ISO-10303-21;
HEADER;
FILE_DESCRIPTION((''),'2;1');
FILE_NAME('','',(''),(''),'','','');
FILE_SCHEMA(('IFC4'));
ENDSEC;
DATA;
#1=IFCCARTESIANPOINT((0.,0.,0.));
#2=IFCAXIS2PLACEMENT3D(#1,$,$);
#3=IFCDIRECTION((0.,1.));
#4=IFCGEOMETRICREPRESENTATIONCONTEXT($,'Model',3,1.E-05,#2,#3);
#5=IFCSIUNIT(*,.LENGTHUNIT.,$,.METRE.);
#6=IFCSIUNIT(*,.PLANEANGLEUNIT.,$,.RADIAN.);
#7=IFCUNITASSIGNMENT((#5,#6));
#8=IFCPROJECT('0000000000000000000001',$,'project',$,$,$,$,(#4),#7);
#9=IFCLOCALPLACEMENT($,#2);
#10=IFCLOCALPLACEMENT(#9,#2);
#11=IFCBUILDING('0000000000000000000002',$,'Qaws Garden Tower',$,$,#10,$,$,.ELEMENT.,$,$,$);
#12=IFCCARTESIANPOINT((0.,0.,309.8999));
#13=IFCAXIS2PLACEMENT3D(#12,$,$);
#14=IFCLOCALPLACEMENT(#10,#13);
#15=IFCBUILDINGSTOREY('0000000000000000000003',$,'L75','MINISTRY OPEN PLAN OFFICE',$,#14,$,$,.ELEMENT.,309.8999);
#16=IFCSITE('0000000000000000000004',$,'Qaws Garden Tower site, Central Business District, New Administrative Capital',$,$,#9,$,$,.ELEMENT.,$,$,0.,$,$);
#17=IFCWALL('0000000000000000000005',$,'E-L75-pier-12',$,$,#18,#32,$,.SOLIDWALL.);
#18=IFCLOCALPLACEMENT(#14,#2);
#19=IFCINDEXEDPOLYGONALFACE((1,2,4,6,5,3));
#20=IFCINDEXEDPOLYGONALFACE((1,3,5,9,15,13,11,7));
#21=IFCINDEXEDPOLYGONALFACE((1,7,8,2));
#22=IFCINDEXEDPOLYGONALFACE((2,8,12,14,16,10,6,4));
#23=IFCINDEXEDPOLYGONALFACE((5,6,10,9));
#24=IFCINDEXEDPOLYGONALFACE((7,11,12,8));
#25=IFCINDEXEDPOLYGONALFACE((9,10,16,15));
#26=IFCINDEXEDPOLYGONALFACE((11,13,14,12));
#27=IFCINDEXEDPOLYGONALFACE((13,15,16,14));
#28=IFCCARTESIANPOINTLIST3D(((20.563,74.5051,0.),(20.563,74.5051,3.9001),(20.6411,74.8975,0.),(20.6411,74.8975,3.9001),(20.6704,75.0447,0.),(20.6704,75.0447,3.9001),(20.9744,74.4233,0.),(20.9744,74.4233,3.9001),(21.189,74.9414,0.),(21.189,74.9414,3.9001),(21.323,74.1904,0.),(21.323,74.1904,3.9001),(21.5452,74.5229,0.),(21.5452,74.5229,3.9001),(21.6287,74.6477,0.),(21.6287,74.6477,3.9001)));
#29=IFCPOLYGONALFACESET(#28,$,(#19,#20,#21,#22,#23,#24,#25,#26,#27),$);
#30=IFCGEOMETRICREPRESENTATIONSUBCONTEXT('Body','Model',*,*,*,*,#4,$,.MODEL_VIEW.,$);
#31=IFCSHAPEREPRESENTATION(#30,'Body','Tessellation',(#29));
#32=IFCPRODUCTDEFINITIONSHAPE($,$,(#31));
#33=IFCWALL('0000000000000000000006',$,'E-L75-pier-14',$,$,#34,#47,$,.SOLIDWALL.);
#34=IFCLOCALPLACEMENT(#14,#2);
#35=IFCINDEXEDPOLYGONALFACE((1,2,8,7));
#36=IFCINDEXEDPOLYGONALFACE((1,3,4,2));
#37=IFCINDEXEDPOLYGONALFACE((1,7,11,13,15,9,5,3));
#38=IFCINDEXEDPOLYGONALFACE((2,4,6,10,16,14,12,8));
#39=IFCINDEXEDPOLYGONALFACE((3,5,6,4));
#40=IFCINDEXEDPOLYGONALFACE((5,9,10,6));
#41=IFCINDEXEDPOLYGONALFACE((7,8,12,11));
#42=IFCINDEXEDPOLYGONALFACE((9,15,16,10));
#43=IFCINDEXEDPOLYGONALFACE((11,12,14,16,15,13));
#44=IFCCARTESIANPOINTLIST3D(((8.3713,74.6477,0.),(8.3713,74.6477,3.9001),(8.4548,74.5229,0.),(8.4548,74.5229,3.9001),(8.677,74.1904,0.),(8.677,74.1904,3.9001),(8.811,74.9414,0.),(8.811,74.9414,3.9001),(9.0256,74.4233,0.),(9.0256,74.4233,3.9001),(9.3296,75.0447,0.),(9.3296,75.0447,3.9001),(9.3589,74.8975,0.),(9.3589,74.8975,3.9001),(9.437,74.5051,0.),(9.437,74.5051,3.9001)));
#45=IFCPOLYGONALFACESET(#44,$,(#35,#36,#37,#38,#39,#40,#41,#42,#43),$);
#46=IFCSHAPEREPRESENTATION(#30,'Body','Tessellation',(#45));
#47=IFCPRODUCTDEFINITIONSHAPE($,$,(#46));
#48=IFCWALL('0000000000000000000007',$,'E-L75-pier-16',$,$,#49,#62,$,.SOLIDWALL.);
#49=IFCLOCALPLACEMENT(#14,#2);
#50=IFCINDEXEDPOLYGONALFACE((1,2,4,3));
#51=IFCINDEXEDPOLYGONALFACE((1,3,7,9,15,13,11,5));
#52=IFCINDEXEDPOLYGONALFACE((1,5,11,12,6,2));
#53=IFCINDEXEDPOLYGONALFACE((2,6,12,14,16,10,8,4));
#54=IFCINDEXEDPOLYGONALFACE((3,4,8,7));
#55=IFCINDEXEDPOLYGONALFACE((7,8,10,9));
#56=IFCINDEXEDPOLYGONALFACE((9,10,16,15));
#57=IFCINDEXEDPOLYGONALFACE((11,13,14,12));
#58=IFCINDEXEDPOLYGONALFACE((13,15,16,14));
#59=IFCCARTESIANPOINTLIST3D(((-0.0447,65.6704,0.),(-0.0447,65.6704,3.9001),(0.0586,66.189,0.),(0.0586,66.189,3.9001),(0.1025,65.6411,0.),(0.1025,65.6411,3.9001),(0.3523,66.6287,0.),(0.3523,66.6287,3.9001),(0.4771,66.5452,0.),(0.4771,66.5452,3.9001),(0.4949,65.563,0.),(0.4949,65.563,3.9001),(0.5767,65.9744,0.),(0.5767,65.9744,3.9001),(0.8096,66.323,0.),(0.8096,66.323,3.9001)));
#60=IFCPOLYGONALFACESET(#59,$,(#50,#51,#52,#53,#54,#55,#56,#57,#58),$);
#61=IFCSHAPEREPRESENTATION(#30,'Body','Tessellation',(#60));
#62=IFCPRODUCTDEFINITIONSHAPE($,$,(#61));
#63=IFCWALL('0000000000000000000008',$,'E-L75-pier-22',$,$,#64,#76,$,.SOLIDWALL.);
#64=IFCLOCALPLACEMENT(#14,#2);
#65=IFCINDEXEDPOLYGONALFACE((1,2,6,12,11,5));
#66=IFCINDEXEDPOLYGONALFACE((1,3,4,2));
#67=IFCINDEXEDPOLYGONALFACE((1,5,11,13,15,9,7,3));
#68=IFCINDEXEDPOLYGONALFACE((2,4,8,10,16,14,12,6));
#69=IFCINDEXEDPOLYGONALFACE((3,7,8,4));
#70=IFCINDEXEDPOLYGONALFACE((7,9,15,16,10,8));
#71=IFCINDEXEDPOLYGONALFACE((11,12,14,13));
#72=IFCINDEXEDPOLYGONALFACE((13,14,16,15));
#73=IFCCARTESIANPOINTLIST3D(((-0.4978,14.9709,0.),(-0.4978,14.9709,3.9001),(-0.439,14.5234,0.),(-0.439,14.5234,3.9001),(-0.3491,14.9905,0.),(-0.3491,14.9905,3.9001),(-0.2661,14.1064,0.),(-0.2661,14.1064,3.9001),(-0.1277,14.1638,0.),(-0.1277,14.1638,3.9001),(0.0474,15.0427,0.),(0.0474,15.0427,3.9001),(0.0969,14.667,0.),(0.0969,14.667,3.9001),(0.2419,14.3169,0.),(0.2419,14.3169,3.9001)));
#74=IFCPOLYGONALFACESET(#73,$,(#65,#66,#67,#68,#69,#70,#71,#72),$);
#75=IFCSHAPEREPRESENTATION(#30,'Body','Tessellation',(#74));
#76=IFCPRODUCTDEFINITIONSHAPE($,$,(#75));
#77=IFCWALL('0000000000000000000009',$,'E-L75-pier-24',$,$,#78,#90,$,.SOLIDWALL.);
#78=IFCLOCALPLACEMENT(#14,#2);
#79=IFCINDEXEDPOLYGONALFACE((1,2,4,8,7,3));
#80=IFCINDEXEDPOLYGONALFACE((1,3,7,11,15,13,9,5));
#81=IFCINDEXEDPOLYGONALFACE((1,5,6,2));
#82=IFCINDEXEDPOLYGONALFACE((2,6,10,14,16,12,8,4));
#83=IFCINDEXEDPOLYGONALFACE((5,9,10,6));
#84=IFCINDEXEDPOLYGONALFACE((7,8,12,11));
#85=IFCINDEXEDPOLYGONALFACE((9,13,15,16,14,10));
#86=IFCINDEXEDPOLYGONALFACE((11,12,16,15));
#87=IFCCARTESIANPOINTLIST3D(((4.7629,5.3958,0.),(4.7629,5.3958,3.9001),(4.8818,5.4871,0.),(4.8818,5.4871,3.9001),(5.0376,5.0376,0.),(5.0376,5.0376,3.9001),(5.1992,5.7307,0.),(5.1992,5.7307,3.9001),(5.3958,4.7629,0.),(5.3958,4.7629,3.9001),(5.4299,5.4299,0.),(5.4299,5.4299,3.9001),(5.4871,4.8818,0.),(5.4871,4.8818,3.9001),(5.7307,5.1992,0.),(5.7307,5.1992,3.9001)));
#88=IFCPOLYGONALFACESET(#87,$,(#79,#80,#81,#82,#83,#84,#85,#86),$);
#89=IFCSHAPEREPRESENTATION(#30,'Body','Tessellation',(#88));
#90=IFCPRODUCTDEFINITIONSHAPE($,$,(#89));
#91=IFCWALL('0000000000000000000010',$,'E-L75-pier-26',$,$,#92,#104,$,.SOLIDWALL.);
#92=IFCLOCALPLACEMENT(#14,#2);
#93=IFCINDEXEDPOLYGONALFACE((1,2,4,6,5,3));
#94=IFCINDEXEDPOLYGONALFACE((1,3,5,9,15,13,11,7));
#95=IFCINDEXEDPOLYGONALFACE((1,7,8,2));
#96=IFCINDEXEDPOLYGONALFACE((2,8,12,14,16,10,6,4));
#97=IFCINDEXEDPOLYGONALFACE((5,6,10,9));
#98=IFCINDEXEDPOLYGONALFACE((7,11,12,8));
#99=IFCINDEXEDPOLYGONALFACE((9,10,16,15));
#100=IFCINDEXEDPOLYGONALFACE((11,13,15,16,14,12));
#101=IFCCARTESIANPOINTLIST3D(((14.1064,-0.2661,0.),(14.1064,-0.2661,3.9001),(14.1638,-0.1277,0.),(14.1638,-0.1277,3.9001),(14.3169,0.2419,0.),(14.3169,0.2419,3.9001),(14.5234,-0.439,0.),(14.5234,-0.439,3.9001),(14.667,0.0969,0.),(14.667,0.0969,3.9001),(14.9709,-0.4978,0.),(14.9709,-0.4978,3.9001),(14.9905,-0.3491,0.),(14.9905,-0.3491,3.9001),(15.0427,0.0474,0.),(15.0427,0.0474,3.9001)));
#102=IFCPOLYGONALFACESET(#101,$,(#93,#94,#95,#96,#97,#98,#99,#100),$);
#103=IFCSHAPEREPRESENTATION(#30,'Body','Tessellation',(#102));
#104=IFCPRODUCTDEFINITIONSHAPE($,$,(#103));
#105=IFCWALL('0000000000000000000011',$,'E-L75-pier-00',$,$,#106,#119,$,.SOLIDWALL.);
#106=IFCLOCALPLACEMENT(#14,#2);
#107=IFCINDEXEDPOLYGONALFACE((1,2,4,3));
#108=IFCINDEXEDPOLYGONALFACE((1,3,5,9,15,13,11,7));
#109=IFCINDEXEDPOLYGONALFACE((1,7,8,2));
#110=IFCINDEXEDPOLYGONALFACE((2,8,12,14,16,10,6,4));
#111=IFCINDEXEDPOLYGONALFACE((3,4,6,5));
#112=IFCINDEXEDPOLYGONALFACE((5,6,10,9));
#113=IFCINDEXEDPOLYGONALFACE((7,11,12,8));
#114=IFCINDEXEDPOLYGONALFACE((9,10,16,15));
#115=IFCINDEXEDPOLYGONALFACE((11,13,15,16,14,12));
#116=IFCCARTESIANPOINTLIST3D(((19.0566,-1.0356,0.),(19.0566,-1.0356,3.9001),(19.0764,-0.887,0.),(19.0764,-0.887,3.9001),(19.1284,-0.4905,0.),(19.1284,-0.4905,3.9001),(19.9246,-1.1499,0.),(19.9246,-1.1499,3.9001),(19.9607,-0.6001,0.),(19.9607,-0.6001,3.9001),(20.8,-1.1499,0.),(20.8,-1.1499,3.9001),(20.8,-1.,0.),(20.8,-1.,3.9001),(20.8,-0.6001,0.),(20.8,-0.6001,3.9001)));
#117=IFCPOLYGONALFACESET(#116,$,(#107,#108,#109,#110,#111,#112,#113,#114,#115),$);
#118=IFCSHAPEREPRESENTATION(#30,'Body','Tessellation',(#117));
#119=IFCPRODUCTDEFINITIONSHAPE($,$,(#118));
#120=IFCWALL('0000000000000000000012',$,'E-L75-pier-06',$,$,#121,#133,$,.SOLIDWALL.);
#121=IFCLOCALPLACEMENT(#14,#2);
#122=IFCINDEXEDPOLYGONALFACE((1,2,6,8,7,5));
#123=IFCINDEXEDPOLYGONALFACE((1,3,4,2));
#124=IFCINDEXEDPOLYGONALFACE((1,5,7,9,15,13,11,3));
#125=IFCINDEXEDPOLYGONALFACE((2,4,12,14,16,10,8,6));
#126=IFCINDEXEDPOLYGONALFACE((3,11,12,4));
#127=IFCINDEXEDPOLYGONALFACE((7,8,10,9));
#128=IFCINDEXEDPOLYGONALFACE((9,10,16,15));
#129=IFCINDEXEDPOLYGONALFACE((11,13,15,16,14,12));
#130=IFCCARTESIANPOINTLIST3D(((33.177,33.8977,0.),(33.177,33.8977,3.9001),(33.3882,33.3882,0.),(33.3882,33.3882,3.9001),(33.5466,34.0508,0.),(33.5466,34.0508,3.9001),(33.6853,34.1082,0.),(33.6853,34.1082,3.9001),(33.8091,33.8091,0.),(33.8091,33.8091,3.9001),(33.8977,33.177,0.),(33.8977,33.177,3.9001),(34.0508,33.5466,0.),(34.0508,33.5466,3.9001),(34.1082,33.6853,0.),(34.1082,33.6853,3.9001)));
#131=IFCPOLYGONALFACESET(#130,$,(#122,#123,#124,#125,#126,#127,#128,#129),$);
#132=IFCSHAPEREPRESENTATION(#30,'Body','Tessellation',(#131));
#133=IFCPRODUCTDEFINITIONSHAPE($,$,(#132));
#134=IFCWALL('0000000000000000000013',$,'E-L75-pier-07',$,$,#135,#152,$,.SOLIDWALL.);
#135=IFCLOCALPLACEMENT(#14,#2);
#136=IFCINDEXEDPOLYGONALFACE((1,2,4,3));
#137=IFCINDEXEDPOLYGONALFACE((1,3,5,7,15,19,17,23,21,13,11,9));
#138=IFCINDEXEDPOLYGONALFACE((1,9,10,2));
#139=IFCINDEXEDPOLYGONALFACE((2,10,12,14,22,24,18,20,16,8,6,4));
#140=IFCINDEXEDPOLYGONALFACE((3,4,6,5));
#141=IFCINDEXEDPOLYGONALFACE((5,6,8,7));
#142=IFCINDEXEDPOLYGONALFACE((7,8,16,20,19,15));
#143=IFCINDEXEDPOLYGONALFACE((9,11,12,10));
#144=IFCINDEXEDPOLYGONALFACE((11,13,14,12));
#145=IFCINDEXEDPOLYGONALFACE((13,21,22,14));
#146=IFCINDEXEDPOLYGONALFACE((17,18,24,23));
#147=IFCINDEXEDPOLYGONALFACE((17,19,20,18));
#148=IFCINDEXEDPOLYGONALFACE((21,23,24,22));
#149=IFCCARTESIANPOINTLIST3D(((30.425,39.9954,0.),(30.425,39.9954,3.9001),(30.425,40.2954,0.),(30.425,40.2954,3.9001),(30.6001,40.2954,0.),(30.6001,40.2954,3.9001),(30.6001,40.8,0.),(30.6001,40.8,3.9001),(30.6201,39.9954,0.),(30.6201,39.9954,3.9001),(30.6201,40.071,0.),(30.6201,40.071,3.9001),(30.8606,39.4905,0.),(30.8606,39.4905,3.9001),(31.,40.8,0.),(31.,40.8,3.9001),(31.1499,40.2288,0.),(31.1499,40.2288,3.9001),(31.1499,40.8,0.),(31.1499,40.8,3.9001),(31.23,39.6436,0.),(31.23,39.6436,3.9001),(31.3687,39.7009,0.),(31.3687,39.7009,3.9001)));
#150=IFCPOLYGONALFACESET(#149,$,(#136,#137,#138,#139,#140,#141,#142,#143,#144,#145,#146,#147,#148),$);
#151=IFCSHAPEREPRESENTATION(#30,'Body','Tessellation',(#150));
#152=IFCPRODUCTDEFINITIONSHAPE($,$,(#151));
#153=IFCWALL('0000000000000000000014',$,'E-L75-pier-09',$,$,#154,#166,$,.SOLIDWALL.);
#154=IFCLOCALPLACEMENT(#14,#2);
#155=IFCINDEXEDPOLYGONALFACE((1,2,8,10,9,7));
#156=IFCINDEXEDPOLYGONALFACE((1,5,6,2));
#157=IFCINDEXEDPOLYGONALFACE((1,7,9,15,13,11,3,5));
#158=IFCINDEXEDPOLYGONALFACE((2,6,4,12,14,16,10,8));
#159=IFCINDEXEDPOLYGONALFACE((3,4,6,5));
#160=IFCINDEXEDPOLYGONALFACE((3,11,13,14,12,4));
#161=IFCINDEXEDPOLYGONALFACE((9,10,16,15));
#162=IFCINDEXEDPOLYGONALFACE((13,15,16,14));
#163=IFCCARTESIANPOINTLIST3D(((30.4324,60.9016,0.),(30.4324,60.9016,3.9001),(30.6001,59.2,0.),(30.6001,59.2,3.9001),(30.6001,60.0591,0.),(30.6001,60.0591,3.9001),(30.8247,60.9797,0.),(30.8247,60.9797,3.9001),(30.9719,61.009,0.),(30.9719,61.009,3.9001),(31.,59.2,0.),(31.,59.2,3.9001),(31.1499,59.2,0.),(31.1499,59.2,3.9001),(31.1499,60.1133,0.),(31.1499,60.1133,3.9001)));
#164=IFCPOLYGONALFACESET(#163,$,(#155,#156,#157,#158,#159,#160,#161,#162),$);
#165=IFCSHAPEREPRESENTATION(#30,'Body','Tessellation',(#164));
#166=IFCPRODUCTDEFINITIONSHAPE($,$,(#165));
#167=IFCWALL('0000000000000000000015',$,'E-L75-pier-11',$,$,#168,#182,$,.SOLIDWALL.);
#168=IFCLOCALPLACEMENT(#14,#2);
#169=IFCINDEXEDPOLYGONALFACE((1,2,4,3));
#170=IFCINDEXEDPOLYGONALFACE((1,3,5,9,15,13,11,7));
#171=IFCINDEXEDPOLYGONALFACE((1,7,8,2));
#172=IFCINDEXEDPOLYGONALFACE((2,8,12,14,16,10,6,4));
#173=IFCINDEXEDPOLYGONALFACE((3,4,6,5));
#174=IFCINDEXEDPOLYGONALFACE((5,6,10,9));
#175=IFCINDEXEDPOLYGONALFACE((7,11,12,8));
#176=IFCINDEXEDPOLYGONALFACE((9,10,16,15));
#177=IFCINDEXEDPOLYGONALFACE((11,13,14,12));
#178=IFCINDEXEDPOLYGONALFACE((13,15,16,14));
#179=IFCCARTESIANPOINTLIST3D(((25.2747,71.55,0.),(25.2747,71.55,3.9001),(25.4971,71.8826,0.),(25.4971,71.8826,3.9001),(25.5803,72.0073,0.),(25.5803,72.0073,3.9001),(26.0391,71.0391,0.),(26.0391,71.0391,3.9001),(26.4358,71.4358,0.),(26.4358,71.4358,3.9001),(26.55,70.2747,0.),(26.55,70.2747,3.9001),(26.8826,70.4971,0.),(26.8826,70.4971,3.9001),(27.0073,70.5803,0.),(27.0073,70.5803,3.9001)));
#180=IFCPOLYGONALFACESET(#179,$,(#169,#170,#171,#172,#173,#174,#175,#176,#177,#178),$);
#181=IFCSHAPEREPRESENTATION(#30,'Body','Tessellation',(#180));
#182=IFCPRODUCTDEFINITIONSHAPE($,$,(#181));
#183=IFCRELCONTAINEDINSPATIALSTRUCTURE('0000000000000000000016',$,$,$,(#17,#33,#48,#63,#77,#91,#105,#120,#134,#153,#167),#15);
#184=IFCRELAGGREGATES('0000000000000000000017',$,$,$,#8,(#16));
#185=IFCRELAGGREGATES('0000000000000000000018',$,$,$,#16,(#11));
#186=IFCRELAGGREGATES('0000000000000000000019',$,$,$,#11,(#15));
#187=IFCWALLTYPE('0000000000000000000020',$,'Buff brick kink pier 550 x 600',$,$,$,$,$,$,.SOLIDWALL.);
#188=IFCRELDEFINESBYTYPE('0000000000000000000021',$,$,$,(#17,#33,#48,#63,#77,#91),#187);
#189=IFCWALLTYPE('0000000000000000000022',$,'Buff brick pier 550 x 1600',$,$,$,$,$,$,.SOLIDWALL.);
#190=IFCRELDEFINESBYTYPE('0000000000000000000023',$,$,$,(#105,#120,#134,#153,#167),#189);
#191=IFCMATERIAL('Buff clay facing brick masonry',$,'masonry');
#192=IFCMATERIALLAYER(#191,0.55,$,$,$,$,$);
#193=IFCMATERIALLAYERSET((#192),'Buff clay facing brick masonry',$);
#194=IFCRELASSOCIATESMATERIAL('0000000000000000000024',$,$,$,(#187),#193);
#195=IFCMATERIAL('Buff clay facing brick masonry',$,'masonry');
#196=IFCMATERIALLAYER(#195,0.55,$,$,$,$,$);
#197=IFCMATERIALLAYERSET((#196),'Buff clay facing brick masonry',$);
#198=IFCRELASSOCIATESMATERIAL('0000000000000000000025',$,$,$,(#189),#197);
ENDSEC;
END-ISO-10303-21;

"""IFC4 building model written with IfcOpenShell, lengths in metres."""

from ifc_helpers import new_model, si_unit, direction, frame, origin, place, context, subcontext, project, spatial, polyline, outline, extrude, material, layer, layer_set, type_object, element, save


model = new_model("IFC4")

# Units and contexts
model_context = context("Model", 3, precision=1e-05, world=origin(), true_north=direction((0.0, 1.0)))
body_context = subcontext(model_context, "Body", "Model", "MODEL_VIEW")
ifc_project = project(units=[si_unit("LENGTHUNIT", "METRE"), si_unit("PLANEANGLEUNIT", "RADIAN")], contexts=[model_context])

# Site, building, storey
site_placement = place(None, origin())
site = spatial("IfcSite", under=ifc_project, at=site_placement, Name="Qaws Garden Tower site, Central Business District, New Administrative Capital", CompositionType="ELEMENT", RefElevation=0.0)
building_placement = place(site_placement, origin())
building = spatial("IfcBuilding", under=site, at=building_placement, Name="Qaws Garden Tower", CompositionType="ELEMENT")
storey_placement = place(building_placement, frame((0.0, 0.0, 309.8999)))
storey = spatial("IfcBuildingStorey", under=building, at=storey_placement, Name="L75", Description="MINISTRY OPEN PLAN OFFICE", CompositionType="ELEMENT", Elevation=309.8999)

# Walls
placement = place(storey_placement, origin())
ifc_material_1 = material(Name="Buff clay facing brick masonry", Category="masonry")
ifc_layer_1 = layer(ifc_material_1, 0.55)
ifc_layer_set_1 = layer_set([ifc_layer_1], Name="Buff clay facing brick masonry")
wall_type_1 = type_object("IfcWallType", Name="Buff brick kink pier 550 x 600", PredefinedType="SOLIDWALL", material=ifc_layer_set_1)
element("IfcWall", 1, at=placement, inside=storey, type_object=wall_type_1, Name="E-L75-pier-12", PredefinedType="SOLIDWALL", context=body_context, shape_type="SweptSolid", body=[
    extrude(outline(polyline([(21.5452, 74.5229), (21.6287, 74.6477), (21.189, 74.9414), (20.6704, 75.0447), (20.6411, 74.8975), (20.563, 74.5051), (20.9744, 74.4233), (21.323, 74.1904), (21.5452, 74.5229)])), origin(), (0.0, 0.0, 1.0), 3.9001),
])
element("IfcWall", 2, at=placement, inside=storey, type_object=wall_type_1, Name="E-L75-pier-14", PredefinedType="SOLIDWALL", context=body_context, shape_type="SweptSolid", body=[
    extrude(outline(polyline([(9.3589, 74.8975), (9.3296, 75.0447), (8.811, 74.9414), (8.3713, 74.6477), (8.4548, 74.5229), (8.677, 74.1904), (9.0256, 74.4233), (9.437, 74.5051), (9.3589, 74.8975)])), origin(), (0.0, 0.0, 1.0), 3.9001),
])
element("IfcWall", 3, at=placement, inside=storey, type_object=wall_type_1, Name="E-L75-pier-16", PredefinedType="SOLIDWALL", context=body_context, shape_type="SweptSolid", body=[
    extrude(outline(polyline([(0.4771, 66.5452), (0.3523, 66.6287), (0.0586, 66.189), (-0.0447, 65.6704), (0.1025, 65.6411), (0.4949, 65.563), (0.5767, 65.9744), (0.8096, 66.323), (0.4771, 66.5452)])), origin(), (0.0, 0.0, 1.0), 3.9001),
])
element("IfcWall", 4, at=placement, inside=storey, type_object=wall_type_1, Name="E-L75-pier-22", PredefinedType="SOLIDWALL", context=body_context, shape_type="SweptSolid", body=[
    extrude(outline(polyline([(-0.3491, 14.9905), (-0.4978, 14.9709), (-0.439, 14.5234), (-0.2661, 14.1064), (-0.1277, 14.1638), (0.2419, 14.3169), (0.0969, 14.667), (0.0474, 15.0427), (-0.3491, 14.9905)])), origin(), (0.0, 0.0, 1.0), 3.9001),
])
element("IfcWall", 5, at=placement, inside=storey, type_object=wall_type_1, Name="E-L75-pier-24", PredefinedType="SOLIDWALL", context=body_context, shape_type="SweptSolid", body=[
    extrude(outline(polyline([(4.8818, 5.4871), (4.7629, 5.3958), (5.0376, 5.0376), (5.3958, 4.7629), (5.4871, 4.8818), (5.7307, 5.1992), (5.4299, 5.4299), (5.1992, 5.7307), (4.8818, 5.4871)])), origin(), (0.0, 0.0, 1.0), 3.9001),
])
element("IfcWall", 6, at=placement, inside=storey, type_object=wall_type_1, Name="E-L75-pier-26", PredefinedType="SOLIDWALL", context=body_context, shape_type="SweptSolid", body=[
    extrude(outline(polyline([(14.1638, -0.1277), (14.1064, -0.2661), (14.5234, -0.439), (14.9709, -0.4978), (14.9905, -0.3491), (15.0427, 0.0474), (14.667, 0.0969), (14.3169, 0.2419), (14.1638, -0.1277)])), origin(), (0.0, 0.0, 1.0), 3.9001),
])
ifc_material_2 = material(Name="Buff clay facing brick masonry", Category="masonry")
ifc_layer_2 = layer(ifc_material_2, 0.55)
ifc_layer_set_2 = layer_set([ifc_layer_2], Name="Buff clay facing brick masonry")
wall_type_2 = type_object("IfcWallType", Name="Buff brick pier 550 x 1600", PredefinedType="SOLIDWALL", material=ifc_layer_set_2)
element("IfcWall", 7, at=placement, inside=storey, type_object=wall_type_2, Name="E-L75-pier-00", PredefinedType="SOLIDWALL", context=body_context, shape_type="SweptSolid", body=[
    extrude(outline(polyline([(19.0764, -0.887), (19.0566, -1.0356), (19.9246, -1.1499), (20.8, -1.1499), (20.8, -1.0), (20.8, -0.6001), (19.9607, -0.6001), (19.1284, -0.4905), (19.0764, -0.887)])), origin(), (0.0, 0.0, 1.0), 3.9001),
])
element("IfcWall", 8, at=placement, inside=storey, type_object=wall_type_2, Name="E-L75-pier-06", PredefinedType="SOLIDWALL", context=body_context, shape_type="SweptSolid", body=[
    extrude(outline(polyline([(34.0508, 33.5466), (34.1082, 33.6853), (33.8091, 33.8091), (33.6853, 34.1082), (33.5466, 34.0508), (33.177, 33.8977), (33.3882, 33.3882), (33.8977, 33.177), (34.0508, 33.5466)])), origin(), (0.0, 0.0, 1.0), 3.9001),
])
element("IfcWall", 9, at=placement, inside=storey, type_object=wall_type_2, Name="E-L75-pier-07", PredefinedType="SOLIDWALL", context=body_context, shape_type="SweptSolid", body=[
    extrude(outline(polyline([(30.6201, 39.9954), (30.6201, 40.071), (30.8606, 39.4905), (31.23, 39.6436), (31.3687, 39.7009), (31.1499, 40.2288), (31.1499, 40.8), (31.0, 40.8), (30.6001, 40.8), (30.6001, 40.2954), (30.425, 40.2954), (30.425, 39.9954), (30.6201, 39.9954)])), origin(), (0.0, 0.0, 1.0), 3.9001),
])
element("IfcWall", 10, at=placement, inside=storey, type_object=wall_type_2, Name="E-L75-pier-09", PredefinedType="SOLIDWALL", context=body_context, shape_type="SweptSolid", body=[
    extrude(outline(polyline([(31.0, 59.2), (31.1499, 59.2), (31.1499, 60.1133), (30.9719, 61.009), (30.8247, 60.9797), (30.4324, 60.9016), (30.6001, 60.0591), (30.6001, 59.2), (31.0, 59.2)])), origin(), (0.0, 0.0, 1.0), 3.9001),
])
element("IfcWall", 11, at=placement, inside=storey, type_object=wall_type_2, Name="E-L75-pier-11", PredefinedType="SOLIDWALL", context=body_context, shape_type="SweptSolid", body=[
    extrude(outline(polyline([(26.8826, 70.4971), (27.0073, 70.5803), (26.4358, 71.4358), (25.5803, 72.0073), (25.4971, 71.8826), (25.2747, 71.55), (26.0391, 71.0391), (26.55, 70.2747), (26.8826, 70.4971)])), origin(), (0.0, 0.0, 1.0), 3.9001),
])

save(model, "model.ifc")
